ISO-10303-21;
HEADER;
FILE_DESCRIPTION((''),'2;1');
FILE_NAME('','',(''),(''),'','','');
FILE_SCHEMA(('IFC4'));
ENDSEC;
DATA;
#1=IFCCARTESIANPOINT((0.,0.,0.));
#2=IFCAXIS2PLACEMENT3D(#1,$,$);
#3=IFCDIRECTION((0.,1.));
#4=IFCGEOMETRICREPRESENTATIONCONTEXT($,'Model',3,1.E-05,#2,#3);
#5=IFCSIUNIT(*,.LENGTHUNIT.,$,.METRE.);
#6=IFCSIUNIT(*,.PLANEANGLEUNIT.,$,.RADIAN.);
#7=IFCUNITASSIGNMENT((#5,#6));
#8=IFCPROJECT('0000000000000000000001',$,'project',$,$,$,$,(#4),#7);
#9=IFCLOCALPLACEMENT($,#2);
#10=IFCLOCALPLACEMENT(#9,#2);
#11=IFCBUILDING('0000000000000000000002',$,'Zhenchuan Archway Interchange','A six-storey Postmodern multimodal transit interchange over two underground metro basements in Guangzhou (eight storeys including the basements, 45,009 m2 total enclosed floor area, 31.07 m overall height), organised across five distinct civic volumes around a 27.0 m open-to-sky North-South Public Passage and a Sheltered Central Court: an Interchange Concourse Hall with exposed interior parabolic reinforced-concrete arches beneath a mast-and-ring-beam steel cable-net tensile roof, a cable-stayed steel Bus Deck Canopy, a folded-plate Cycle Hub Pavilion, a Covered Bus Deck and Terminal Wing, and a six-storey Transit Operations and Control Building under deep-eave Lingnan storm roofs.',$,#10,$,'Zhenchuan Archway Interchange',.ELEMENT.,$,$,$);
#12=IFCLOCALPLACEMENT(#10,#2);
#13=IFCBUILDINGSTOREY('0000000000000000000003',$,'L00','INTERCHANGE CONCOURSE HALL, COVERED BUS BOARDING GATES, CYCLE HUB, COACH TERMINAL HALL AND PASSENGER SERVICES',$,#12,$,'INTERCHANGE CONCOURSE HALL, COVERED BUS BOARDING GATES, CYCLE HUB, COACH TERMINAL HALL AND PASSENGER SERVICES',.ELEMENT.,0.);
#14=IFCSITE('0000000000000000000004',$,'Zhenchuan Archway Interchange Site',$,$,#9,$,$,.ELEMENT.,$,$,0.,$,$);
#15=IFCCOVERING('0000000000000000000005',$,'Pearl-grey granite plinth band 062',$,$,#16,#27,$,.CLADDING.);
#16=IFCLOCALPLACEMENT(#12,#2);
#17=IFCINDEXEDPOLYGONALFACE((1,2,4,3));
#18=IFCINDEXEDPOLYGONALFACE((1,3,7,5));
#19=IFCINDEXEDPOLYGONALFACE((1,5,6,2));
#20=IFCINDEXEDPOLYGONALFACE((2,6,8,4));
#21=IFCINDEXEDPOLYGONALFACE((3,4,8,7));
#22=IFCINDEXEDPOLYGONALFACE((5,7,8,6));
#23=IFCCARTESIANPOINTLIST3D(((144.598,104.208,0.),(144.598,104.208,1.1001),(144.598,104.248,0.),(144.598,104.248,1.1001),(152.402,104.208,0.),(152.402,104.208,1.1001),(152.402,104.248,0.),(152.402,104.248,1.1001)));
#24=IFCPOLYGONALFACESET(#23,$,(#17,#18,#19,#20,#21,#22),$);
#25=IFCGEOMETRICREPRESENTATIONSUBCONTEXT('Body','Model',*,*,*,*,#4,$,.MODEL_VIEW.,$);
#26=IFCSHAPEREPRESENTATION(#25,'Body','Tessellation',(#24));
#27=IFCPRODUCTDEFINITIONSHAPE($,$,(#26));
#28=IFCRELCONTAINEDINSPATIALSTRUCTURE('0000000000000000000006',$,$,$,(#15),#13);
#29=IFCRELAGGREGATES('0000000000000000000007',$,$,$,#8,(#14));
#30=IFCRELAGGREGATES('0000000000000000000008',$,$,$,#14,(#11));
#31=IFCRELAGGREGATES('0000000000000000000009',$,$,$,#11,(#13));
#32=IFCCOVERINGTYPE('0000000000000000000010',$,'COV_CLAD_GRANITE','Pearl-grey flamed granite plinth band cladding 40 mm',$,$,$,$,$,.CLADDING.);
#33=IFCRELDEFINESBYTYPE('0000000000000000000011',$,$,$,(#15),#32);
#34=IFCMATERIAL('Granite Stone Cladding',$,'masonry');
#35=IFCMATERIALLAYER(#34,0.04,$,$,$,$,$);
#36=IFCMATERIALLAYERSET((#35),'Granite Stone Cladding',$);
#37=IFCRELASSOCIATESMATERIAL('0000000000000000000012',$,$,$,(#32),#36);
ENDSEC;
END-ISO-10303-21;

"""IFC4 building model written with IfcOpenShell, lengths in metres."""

from ifc_helpers import new_model, si_unit, direction, frame, origin, origin_2d, place, context, subcontext, project, spatial, rectangle, extrude, material, layer, layer_set, type_object, element, save


model = new_model("IFC4")

# Units and contexts
model_context = context("Model", 3, precision=1e-05, world=origin(), true_north=direction((0.0, 1.0)))
body_context = subcontext(model_context, "Body", "Model", "MODEL_VIEW")
ifc_project = project(units=[si_unit("LENGTHUNIT", "METRE"), si_unit("PLANEANGLEUNIT", "RADIAN")], contexts=[model_context])

# Site, building, storey
site_placement = place(None, origin())
site = spatial("IfcSite", under=ifc_project, at=site_placement, Name="Zhenchuan Archway Interchange Site", CompositionType="ELEMENT", RefElevation=0.0)
building_placement = place(site_placement, origin())
building = spatial("IfcBuilding", under=site, at=building_placement, Name="Zhenchuan Archway Interchange", Description="A six-storey Postmodern multimodal transit interchange over two underground metro basements in Guangzhou (eight storeys including the basements, 45,009 m2 total enclosed floor area, 31.07 m overall height), organised across five distinct civic volumes around a 27.0 m open-to-sky North-South Public Passage and a Sheltered Central Court: an Interchange Concourse Hall with exposed interior parabolic reinforced-concrete arches beneath a mast-and-ring-beam steel cable-net tensile roof, a cable-stayed steel Bus Deck Canopy, a folded-plate Cycle Hub Pavilion, a Covered Bus Deck and Terminal Wing, and a six-storey Transit Operations and Control Building under deep-eave Lingnan storm roofs.", LongName="Zhenchuan Archway Interchange", CompositionType="ELEMENT")
storey_placement = place(building_placement, origin())
storey = spatial("IfcBuildingStorey", under=building, at=storey_placement, Name="L00", Description="INTERCHANGE CONCOURSE HALL, COVERED BUS BOARDING GATES, CYCLE HUB, COACH TERMINAL HALL AND PASSENGER SERVICES", LongName="INTERCHANGE CONCOURSE HALL, COVERED BUS BOARDING GATES, CYCLE HUB, COACH TERMINAL HALL AND PASSENGER SERVICES", CompositionType="ELEMENT", Elevation=0.0)

# Shared definitions
ifc_material_1 = material(Name="Granite Stone Cladding", Category="masonry")

# Covering
ifc_layer_1 = layer(ifc_material_1, 0.04)
ifc_layer_set_1 = layer_set([ifc_layer_1], Name="Granite Stone Cladding")
covering_type = type_object("IfcCoveringType", Name="COV_CLAD_GRANITE", Description="Pearl-grey flamed granite plinth band cladding 40 mm", PredefinedType="CLADDING", material=ifc_layer_set_1)
covering_placement = place(storey_placement, frame((148.5, 104.228, 0.0), z_axis=(0.0, 0.0, 1.0), x_axis=(1.0, 0.0, 0.0)))
element("IfcCovering", 1, at=covering_placement, inside=storey, type_object=covering_type, Name="Pearl-grey granite plinth band 062", PredefinedType="CLADDING", context=body_context, shape_type="SweptSolid", body=[
    extrude(rectangle(XDim=7.804, YDim=0.04, at=origin_2d()), origin(), (0.0, 0.0, 1.0), 1.1001),
])

save(model, "model.ifc")
